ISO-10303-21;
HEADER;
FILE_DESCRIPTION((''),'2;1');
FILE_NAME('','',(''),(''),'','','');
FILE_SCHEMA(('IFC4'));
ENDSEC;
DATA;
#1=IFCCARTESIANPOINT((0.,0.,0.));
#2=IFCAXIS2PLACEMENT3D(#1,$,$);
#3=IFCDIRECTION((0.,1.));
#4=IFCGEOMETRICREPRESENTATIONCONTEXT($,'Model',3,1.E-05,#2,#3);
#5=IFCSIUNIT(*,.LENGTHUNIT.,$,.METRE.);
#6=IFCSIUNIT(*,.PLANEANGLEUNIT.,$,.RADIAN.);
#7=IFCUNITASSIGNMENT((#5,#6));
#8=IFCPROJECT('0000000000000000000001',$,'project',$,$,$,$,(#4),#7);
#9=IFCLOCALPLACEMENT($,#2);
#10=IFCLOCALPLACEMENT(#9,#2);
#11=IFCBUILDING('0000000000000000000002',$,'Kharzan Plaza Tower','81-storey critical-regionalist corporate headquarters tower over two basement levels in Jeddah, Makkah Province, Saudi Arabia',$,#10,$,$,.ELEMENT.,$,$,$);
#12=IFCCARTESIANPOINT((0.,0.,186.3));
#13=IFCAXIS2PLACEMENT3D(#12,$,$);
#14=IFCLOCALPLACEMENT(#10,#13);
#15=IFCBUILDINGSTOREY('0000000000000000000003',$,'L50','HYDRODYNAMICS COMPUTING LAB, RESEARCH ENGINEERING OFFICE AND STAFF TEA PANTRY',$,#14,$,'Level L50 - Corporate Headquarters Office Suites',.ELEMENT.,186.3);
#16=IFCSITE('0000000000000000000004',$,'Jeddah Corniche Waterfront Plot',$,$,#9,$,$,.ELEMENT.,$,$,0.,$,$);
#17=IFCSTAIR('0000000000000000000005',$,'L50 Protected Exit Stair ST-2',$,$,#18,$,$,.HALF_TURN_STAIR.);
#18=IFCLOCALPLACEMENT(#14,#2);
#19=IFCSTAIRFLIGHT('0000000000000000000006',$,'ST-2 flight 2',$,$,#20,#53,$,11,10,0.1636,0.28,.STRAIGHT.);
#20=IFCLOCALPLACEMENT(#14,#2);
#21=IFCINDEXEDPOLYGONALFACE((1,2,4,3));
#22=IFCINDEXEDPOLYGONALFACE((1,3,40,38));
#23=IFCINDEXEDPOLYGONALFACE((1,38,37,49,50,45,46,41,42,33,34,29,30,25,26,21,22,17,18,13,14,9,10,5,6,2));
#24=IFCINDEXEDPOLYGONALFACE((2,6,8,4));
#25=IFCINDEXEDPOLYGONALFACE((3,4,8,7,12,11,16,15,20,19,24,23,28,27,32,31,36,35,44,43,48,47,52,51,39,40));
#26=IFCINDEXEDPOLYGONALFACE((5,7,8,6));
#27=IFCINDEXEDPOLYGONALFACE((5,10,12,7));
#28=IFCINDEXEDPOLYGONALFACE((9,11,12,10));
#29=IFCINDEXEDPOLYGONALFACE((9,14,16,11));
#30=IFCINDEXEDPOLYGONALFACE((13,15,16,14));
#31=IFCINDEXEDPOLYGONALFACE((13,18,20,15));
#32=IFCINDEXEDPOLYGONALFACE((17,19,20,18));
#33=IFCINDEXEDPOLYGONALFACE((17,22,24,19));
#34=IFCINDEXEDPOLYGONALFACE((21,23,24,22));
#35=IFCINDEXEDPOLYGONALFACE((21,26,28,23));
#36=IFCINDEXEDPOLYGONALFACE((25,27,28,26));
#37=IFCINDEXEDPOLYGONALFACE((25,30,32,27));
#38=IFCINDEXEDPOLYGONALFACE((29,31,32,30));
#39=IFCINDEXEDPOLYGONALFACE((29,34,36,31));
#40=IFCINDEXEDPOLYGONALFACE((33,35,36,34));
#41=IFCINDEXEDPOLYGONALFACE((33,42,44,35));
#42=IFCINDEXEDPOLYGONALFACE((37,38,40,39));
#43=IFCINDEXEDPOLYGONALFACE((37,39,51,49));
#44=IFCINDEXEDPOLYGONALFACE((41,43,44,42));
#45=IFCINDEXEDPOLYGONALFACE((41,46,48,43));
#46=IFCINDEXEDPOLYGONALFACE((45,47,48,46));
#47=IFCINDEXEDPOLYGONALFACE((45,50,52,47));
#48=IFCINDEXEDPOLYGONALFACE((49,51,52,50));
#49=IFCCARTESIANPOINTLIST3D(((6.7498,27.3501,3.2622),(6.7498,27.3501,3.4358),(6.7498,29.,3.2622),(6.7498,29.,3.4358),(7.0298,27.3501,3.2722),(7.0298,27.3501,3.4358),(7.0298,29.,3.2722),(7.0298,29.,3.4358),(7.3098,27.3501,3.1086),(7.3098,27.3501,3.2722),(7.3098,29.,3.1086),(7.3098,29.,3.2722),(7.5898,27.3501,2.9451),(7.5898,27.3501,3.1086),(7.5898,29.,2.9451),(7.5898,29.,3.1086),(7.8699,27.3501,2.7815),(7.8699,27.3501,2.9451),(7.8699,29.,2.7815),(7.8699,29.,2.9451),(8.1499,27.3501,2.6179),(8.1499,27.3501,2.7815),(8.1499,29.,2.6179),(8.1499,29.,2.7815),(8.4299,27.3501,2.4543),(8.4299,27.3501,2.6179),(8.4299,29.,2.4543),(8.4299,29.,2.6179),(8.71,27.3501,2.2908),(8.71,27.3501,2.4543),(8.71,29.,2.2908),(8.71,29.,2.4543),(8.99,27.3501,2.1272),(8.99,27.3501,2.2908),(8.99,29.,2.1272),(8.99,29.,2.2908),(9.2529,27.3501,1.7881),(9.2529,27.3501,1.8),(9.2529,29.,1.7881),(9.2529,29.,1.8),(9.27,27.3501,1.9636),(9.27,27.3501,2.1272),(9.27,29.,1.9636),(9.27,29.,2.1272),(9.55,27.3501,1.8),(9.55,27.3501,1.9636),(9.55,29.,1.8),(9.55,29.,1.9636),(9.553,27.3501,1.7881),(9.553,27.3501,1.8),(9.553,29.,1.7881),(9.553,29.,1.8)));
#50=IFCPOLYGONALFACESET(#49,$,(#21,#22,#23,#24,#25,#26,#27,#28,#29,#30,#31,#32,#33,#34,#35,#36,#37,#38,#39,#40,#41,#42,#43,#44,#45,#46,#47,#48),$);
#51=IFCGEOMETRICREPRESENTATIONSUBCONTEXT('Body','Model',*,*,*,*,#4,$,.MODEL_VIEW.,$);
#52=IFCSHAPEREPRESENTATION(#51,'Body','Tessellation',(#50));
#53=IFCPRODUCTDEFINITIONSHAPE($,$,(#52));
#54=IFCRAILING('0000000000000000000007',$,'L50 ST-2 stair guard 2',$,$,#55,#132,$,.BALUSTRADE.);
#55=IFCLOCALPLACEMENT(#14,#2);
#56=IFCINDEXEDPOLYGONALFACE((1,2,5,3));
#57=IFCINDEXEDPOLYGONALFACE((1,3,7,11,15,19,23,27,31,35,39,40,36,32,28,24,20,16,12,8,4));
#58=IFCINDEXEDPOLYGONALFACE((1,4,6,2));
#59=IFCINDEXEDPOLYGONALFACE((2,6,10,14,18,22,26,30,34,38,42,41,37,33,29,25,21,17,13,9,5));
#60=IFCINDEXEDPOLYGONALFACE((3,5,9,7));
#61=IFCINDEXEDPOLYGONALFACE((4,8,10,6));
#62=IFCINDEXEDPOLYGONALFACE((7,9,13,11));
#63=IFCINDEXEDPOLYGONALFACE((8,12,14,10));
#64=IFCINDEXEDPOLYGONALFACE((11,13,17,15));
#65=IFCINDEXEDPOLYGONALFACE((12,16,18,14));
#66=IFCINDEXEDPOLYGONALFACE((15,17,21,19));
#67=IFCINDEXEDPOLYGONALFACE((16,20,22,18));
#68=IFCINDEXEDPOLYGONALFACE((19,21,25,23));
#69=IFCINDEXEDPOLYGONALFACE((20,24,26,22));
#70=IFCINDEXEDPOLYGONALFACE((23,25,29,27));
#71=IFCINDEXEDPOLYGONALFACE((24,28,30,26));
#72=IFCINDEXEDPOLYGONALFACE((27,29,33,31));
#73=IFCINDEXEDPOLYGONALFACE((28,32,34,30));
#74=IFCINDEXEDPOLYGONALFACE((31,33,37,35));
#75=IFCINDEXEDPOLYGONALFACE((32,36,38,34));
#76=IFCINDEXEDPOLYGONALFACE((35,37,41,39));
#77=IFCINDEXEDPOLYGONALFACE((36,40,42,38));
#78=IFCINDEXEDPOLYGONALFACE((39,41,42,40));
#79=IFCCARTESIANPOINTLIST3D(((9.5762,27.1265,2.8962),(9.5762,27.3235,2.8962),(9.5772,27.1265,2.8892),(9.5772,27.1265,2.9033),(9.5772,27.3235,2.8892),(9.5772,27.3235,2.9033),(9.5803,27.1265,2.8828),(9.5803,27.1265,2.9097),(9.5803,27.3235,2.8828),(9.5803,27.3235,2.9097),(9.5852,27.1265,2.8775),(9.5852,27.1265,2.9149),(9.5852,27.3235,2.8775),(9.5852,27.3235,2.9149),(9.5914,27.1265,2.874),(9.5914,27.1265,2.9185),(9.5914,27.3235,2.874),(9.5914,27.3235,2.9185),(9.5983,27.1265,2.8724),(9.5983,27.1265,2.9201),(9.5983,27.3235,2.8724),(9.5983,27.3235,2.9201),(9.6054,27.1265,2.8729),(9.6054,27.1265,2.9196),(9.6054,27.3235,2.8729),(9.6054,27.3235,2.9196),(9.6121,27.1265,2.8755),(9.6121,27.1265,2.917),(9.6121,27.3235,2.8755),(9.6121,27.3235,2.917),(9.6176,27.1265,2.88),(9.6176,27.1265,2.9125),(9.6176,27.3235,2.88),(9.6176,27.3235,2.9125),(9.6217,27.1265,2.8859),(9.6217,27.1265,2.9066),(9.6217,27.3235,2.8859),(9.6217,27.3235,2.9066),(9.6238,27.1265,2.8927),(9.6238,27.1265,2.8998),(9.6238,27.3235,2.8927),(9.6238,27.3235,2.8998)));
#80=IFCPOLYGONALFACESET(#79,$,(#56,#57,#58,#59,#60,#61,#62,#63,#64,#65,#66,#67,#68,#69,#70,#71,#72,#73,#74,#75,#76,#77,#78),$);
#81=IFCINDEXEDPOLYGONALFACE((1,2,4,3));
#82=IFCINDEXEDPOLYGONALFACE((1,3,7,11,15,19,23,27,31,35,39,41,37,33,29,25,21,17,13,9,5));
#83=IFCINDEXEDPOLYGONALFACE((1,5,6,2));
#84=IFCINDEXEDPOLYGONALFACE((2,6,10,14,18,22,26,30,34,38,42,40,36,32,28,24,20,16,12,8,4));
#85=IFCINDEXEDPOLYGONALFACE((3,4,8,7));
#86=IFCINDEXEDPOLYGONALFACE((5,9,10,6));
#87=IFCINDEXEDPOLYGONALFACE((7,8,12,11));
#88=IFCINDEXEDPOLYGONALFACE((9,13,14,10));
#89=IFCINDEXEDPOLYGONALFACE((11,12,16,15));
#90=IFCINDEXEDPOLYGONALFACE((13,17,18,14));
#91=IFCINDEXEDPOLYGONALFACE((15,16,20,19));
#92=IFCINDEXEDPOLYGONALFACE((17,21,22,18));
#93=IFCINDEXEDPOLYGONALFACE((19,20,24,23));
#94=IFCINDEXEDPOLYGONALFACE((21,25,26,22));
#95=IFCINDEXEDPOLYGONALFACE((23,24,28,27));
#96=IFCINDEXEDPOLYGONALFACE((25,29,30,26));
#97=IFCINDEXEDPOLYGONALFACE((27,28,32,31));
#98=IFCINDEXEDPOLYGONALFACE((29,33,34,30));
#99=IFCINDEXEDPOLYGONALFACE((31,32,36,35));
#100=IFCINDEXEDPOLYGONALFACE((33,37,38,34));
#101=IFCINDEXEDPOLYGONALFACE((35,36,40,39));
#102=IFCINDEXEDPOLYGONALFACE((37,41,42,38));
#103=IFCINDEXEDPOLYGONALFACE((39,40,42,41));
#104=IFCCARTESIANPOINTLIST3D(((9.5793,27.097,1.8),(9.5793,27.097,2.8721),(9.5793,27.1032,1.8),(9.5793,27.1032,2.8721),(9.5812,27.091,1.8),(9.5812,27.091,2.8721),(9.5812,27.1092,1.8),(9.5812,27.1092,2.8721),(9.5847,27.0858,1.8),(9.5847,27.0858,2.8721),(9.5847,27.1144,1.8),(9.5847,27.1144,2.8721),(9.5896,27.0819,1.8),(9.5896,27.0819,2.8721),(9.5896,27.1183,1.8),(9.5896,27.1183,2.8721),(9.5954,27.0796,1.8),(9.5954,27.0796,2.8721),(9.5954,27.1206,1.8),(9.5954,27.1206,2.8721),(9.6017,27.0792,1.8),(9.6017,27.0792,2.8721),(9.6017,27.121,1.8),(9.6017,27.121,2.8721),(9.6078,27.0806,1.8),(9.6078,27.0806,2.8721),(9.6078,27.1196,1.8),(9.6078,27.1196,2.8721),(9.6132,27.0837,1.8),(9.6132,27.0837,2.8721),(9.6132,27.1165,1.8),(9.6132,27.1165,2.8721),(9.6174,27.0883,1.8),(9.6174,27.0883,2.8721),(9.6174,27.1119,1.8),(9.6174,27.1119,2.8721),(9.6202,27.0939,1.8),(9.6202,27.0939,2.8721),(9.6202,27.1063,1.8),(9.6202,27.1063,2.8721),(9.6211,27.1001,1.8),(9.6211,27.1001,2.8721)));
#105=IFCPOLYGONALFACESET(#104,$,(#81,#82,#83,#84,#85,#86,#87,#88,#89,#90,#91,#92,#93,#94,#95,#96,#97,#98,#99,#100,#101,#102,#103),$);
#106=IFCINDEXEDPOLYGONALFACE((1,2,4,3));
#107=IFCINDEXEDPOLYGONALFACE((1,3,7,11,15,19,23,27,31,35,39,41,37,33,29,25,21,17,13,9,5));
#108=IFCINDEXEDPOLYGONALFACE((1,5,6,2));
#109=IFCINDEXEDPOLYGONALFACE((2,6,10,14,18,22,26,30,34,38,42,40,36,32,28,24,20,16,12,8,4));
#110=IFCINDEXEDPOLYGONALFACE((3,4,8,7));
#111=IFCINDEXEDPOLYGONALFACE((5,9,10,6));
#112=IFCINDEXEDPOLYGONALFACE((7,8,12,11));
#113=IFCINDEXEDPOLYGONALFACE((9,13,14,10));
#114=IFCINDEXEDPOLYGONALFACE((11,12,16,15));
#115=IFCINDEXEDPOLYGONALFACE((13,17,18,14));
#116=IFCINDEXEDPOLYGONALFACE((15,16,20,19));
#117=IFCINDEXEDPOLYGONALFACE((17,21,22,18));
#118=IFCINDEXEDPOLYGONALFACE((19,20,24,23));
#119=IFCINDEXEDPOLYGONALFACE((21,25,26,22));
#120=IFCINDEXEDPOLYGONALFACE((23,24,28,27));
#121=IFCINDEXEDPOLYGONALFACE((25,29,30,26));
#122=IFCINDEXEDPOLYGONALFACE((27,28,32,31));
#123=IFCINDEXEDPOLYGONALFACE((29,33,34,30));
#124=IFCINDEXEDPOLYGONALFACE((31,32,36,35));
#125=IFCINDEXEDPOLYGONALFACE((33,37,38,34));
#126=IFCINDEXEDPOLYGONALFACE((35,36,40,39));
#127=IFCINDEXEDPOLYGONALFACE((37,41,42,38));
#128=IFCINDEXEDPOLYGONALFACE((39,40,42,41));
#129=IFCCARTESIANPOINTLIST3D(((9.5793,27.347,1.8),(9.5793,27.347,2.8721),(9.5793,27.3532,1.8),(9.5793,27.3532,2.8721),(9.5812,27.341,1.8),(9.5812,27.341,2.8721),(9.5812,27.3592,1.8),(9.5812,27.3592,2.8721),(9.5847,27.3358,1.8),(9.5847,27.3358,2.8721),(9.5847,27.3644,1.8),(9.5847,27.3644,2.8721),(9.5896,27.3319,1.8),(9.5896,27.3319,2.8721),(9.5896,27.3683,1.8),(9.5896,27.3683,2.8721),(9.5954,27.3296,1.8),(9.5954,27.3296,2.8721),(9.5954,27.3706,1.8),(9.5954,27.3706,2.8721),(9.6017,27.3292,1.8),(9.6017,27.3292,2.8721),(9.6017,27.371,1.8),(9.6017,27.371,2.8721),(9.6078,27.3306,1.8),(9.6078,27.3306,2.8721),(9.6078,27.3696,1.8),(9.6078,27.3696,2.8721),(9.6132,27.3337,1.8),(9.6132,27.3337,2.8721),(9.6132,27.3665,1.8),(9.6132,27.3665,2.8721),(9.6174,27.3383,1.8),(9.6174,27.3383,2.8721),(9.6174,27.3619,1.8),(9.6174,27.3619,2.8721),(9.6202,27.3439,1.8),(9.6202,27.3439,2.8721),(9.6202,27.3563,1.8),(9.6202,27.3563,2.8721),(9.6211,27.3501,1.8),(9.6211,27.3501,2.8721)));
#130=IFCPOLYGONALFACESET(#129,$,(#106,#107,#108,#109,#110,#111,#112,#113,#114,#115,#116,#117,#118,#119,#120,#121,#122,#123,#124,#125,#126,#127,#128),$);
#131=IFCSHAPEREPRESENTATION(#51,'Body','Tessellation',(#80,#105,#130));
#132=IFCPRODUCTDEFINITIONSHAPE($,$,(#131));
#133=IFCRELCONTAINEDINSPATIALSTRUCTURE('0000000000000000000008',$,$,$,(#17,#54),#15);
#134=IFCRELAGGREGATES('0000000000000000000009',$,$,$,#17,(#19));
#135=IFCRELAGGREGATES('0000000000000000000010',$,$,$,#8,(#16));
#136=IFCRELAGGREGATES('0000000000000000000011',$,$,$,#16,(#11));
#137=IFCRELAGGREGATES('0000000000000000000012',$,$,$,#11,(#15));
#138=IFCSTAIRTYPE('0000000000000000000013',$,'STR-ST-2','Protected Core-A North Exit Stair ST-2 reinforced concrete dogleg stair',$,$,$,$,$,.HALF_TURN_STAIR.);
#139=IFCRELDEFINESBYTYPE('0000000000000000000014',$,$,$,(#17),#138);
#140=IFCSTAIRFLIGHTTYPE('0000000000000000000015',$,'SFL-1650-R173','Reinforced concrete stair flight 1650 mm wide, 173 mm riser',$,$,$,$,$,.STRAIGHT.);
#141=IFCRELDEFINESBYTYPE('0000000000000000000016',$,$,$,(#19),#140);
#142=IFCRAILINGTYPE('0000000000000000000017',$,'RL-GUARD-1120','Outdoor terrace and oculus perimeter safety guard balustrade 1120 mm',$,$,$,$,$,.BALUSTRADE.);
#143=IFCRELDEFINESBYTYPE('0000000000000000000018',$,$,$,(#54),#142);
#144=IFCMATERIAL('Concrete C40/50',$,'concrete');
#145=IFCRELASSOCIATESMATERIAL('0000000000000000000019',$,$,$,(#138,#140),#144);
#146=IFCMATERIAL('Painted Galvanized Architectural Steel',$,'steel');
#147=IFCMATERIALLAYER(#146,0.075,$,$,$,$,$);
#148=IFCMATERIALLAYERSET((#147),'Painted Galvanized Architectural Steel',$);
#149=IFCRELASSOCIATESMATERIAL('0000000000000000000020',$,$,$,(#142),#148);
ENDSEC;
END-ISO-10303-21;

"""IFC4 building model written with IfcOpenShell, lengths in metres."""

from ifc_helpers import new_model, si_unit, direction, frame, origin, origin_2d, place, context, subcontext, project, spatial, polyline, circle, outline, extrude, source, transform, mapped, material, layer, layer_set, type_object, element, aggregate, save


model = new_model("IFC4")

# Units and contexts
model_context = context("Model", 3, precision=1e-05, world=origin(), true_north=direction((0.0, 1.0)))
body_context = subcontext(model_context, "Body", "Model", "MODEL_VIEW")
ifc_project = project(units=[si_unit("LENGTHUNIT", "METRE"), si_unit("PLANEANGLEUNIT", "RADIAN")], contexts=[model_context])

# Site, building, storey
site_placement = place(None, origin())
site = spatial("IfcSite", under=ifc_project, at=site_placement, Name="Jeddah Corniche Waterfront Plot", CompositionType="ELEMENT", RefElevation=0.0)
building_placement = place(site_placement, origin())
building = spatial("IfcBuilding", under=site, at=building_placement, Name="Kharzan Plaza Tower", Description="81-storey critical-regionalist corporate headquarters tower over two basement levels in Jeddah, Makkah Province, Saudi Arabia", CompositionType="ELEMENT")
storey_placement = place(building_placement, frame((0.0, 0.0, 186.3)))
storey = spatial("IfcBuildingStorey", under=building, at=storey_placement, Name="L50", Description="HYDRODYNAMICS COMPUTING LAB, RESEARCH ENGINEERING OFFICE AND STAFF TEA PANTRY", LongName="Level L50 - Corporate Headquarters Office Suites", CompositionType="ELEMENT", Elevation=186.3)

# Shared definitions
ifc_material_1 = material(Name="Concrete C40/50", Category="concrete")

# Stair, stair flight
stair_type = type_object("IfcStairType", Name="STR-ST-2", Description="Protected Core-A North Exit Stair ST-2 reinforced concrete dogleg stair", PredefinedType="HALF_TURN_STAIR", material=ifc_material_1)
stair_placement = place(storey_placement, origin())
stair = element("IfcStair", 1, at=stair_placement, inside=storey, type_object=stair_type, Name="L50 Protected Exit Stair ST-2", PredefinedType="HALF_TURN_STAIR")
stair_flight_type = type_object("IfcStairFlightType", Name="SFL-1650-R173", Description="Reinforced concrete stair flight 1650 mm wide, 173 mm riser", PredefinedType="STRAIGHT", material=ifc_material_1)
shared_shape_1 = source(origin(), body_context, "Body", "SweptSolid", [
    extrude(outline(polyline([(-0.0029, -0.012), (-0.0029, 0.0), (0.0, 0.0), (0.0, 0.1636), (0.28, 0.1636), (0.28, 0.3271), (0.5601, 0.3271), (0.5601, 0.4907), (0.8401, 0.4907), (0.8401, 0.6543), (1.1201, 0.6543), (1.1201, 0.8179), (1.4001, 0.8179), (1.4001, 0.9814), (1.6802, 0.9814), (1.6802, 1.145), (1.9602, 1.145), (1.9602, 1.3086), (2.2402, 1.3086), (2.2402, 1.4722), (2.5203, 1.4722), (2.5203, 1.6357), (2.8003, 1.6357), (2.8003, 1.7993), (2.8003, 1.4622), (0.2971, 0.0), (0.2971, -0.012), (-0.0029, -0.012)])), frame((0.0, 0.825, 0.0), z_axis=(0.0, -1.0, 0.0), x_axis=(1.0, 0.0, 0.0)), (0.0, 0.0, 1.0), 1.6499),
])
stair_flight_placement = place(storey_placement, frame((9.55, 28.175, 1.8), z_axis=(0.0, 0.0, 1.0), x_axis=(-1.0, 0.0, 0.0)))
stair_flight = element("IfcStairFlight", 2, at=stair_flight_placement, type_object=stair_flight_type, Name="ST-2 flight 2", NumberOfRisers=11, NumberOfTreads=10, PredefinedType="STRAIGHT", RiserHeight=0.1636, TreadLength=0.28, context=body_context, shape_type="MappedRepresentation", body=[
    mapped(shared_shape_1, transform((0.0, 0.0, 0.0), x_axis=(1.0, 0.0, 0.0), y_axis=(0.0, 1.0, 0.0), z_axis=(0.0, 0.0, 1.0))),
])
aggregate(stair, [stair_flight])

# Railing
ifc_material_2 = material(Name="Painted Galvanized Architectural Steel", Category="steel")
ifc_layer_1 = layer(ifc_material_2, 0.075)
ifc_layer_set_1 = layer_set([ifc_layer_1], Name="Painted Galvanized Architectural Steel")
railing_type_1 = type_object("IfcRailingType", Name="RL-GUARD-1120", Description="Outdoor terrace and oculus perimeter safety guard balustrade 1120 mm", PredefinedType="BALUSTRADE", material=ifc_layer_set_1)
shared_shape_2 = source(origin(), body_context, "Body", "SweptSolid", [
    extrude(circle(Radius=0.0239, at=origin_2d()), frame((0.0, 0.0264, 1.0962), z_axis=(0.0, 1.0, 0.0), x_axis=(-1.0, 0.0, 0.0)), (0.0, 0.0, 1.0), 0.197),
    extrude(circle(Radius=0.021, at=origin_2d()), origin(), (0.0, 0.0, 1.0), 1.072),
    extrude(circle(Radius=0.021, at=origin_2d()), frame((0.0, 0.25, 0.0)), (0.0, 0.0, 1.0), 1.072),
])
railing_1_placement = place(storey_placement, frame((9.6001, 27.1001, 1.8)))
element("IfcRailing", 3, at=railing_1_placement, inside=storey, type_object=railing_type_1, Name="L50 ST-2 stair guard 2", PredefinedType="BALUSTRADE", context=body_context, shape_type="MappedRepresentation", body=[
    mapped(shared_shape_2, transform((0.0, 0.0, 0.0), x_axis=(1.0, 0.0, 0.0), y_axis=(0.0, 1.0, 0.0), z_axis=(0.0, 0.0, 1.0))),
])

save(model, "model.ifc")
